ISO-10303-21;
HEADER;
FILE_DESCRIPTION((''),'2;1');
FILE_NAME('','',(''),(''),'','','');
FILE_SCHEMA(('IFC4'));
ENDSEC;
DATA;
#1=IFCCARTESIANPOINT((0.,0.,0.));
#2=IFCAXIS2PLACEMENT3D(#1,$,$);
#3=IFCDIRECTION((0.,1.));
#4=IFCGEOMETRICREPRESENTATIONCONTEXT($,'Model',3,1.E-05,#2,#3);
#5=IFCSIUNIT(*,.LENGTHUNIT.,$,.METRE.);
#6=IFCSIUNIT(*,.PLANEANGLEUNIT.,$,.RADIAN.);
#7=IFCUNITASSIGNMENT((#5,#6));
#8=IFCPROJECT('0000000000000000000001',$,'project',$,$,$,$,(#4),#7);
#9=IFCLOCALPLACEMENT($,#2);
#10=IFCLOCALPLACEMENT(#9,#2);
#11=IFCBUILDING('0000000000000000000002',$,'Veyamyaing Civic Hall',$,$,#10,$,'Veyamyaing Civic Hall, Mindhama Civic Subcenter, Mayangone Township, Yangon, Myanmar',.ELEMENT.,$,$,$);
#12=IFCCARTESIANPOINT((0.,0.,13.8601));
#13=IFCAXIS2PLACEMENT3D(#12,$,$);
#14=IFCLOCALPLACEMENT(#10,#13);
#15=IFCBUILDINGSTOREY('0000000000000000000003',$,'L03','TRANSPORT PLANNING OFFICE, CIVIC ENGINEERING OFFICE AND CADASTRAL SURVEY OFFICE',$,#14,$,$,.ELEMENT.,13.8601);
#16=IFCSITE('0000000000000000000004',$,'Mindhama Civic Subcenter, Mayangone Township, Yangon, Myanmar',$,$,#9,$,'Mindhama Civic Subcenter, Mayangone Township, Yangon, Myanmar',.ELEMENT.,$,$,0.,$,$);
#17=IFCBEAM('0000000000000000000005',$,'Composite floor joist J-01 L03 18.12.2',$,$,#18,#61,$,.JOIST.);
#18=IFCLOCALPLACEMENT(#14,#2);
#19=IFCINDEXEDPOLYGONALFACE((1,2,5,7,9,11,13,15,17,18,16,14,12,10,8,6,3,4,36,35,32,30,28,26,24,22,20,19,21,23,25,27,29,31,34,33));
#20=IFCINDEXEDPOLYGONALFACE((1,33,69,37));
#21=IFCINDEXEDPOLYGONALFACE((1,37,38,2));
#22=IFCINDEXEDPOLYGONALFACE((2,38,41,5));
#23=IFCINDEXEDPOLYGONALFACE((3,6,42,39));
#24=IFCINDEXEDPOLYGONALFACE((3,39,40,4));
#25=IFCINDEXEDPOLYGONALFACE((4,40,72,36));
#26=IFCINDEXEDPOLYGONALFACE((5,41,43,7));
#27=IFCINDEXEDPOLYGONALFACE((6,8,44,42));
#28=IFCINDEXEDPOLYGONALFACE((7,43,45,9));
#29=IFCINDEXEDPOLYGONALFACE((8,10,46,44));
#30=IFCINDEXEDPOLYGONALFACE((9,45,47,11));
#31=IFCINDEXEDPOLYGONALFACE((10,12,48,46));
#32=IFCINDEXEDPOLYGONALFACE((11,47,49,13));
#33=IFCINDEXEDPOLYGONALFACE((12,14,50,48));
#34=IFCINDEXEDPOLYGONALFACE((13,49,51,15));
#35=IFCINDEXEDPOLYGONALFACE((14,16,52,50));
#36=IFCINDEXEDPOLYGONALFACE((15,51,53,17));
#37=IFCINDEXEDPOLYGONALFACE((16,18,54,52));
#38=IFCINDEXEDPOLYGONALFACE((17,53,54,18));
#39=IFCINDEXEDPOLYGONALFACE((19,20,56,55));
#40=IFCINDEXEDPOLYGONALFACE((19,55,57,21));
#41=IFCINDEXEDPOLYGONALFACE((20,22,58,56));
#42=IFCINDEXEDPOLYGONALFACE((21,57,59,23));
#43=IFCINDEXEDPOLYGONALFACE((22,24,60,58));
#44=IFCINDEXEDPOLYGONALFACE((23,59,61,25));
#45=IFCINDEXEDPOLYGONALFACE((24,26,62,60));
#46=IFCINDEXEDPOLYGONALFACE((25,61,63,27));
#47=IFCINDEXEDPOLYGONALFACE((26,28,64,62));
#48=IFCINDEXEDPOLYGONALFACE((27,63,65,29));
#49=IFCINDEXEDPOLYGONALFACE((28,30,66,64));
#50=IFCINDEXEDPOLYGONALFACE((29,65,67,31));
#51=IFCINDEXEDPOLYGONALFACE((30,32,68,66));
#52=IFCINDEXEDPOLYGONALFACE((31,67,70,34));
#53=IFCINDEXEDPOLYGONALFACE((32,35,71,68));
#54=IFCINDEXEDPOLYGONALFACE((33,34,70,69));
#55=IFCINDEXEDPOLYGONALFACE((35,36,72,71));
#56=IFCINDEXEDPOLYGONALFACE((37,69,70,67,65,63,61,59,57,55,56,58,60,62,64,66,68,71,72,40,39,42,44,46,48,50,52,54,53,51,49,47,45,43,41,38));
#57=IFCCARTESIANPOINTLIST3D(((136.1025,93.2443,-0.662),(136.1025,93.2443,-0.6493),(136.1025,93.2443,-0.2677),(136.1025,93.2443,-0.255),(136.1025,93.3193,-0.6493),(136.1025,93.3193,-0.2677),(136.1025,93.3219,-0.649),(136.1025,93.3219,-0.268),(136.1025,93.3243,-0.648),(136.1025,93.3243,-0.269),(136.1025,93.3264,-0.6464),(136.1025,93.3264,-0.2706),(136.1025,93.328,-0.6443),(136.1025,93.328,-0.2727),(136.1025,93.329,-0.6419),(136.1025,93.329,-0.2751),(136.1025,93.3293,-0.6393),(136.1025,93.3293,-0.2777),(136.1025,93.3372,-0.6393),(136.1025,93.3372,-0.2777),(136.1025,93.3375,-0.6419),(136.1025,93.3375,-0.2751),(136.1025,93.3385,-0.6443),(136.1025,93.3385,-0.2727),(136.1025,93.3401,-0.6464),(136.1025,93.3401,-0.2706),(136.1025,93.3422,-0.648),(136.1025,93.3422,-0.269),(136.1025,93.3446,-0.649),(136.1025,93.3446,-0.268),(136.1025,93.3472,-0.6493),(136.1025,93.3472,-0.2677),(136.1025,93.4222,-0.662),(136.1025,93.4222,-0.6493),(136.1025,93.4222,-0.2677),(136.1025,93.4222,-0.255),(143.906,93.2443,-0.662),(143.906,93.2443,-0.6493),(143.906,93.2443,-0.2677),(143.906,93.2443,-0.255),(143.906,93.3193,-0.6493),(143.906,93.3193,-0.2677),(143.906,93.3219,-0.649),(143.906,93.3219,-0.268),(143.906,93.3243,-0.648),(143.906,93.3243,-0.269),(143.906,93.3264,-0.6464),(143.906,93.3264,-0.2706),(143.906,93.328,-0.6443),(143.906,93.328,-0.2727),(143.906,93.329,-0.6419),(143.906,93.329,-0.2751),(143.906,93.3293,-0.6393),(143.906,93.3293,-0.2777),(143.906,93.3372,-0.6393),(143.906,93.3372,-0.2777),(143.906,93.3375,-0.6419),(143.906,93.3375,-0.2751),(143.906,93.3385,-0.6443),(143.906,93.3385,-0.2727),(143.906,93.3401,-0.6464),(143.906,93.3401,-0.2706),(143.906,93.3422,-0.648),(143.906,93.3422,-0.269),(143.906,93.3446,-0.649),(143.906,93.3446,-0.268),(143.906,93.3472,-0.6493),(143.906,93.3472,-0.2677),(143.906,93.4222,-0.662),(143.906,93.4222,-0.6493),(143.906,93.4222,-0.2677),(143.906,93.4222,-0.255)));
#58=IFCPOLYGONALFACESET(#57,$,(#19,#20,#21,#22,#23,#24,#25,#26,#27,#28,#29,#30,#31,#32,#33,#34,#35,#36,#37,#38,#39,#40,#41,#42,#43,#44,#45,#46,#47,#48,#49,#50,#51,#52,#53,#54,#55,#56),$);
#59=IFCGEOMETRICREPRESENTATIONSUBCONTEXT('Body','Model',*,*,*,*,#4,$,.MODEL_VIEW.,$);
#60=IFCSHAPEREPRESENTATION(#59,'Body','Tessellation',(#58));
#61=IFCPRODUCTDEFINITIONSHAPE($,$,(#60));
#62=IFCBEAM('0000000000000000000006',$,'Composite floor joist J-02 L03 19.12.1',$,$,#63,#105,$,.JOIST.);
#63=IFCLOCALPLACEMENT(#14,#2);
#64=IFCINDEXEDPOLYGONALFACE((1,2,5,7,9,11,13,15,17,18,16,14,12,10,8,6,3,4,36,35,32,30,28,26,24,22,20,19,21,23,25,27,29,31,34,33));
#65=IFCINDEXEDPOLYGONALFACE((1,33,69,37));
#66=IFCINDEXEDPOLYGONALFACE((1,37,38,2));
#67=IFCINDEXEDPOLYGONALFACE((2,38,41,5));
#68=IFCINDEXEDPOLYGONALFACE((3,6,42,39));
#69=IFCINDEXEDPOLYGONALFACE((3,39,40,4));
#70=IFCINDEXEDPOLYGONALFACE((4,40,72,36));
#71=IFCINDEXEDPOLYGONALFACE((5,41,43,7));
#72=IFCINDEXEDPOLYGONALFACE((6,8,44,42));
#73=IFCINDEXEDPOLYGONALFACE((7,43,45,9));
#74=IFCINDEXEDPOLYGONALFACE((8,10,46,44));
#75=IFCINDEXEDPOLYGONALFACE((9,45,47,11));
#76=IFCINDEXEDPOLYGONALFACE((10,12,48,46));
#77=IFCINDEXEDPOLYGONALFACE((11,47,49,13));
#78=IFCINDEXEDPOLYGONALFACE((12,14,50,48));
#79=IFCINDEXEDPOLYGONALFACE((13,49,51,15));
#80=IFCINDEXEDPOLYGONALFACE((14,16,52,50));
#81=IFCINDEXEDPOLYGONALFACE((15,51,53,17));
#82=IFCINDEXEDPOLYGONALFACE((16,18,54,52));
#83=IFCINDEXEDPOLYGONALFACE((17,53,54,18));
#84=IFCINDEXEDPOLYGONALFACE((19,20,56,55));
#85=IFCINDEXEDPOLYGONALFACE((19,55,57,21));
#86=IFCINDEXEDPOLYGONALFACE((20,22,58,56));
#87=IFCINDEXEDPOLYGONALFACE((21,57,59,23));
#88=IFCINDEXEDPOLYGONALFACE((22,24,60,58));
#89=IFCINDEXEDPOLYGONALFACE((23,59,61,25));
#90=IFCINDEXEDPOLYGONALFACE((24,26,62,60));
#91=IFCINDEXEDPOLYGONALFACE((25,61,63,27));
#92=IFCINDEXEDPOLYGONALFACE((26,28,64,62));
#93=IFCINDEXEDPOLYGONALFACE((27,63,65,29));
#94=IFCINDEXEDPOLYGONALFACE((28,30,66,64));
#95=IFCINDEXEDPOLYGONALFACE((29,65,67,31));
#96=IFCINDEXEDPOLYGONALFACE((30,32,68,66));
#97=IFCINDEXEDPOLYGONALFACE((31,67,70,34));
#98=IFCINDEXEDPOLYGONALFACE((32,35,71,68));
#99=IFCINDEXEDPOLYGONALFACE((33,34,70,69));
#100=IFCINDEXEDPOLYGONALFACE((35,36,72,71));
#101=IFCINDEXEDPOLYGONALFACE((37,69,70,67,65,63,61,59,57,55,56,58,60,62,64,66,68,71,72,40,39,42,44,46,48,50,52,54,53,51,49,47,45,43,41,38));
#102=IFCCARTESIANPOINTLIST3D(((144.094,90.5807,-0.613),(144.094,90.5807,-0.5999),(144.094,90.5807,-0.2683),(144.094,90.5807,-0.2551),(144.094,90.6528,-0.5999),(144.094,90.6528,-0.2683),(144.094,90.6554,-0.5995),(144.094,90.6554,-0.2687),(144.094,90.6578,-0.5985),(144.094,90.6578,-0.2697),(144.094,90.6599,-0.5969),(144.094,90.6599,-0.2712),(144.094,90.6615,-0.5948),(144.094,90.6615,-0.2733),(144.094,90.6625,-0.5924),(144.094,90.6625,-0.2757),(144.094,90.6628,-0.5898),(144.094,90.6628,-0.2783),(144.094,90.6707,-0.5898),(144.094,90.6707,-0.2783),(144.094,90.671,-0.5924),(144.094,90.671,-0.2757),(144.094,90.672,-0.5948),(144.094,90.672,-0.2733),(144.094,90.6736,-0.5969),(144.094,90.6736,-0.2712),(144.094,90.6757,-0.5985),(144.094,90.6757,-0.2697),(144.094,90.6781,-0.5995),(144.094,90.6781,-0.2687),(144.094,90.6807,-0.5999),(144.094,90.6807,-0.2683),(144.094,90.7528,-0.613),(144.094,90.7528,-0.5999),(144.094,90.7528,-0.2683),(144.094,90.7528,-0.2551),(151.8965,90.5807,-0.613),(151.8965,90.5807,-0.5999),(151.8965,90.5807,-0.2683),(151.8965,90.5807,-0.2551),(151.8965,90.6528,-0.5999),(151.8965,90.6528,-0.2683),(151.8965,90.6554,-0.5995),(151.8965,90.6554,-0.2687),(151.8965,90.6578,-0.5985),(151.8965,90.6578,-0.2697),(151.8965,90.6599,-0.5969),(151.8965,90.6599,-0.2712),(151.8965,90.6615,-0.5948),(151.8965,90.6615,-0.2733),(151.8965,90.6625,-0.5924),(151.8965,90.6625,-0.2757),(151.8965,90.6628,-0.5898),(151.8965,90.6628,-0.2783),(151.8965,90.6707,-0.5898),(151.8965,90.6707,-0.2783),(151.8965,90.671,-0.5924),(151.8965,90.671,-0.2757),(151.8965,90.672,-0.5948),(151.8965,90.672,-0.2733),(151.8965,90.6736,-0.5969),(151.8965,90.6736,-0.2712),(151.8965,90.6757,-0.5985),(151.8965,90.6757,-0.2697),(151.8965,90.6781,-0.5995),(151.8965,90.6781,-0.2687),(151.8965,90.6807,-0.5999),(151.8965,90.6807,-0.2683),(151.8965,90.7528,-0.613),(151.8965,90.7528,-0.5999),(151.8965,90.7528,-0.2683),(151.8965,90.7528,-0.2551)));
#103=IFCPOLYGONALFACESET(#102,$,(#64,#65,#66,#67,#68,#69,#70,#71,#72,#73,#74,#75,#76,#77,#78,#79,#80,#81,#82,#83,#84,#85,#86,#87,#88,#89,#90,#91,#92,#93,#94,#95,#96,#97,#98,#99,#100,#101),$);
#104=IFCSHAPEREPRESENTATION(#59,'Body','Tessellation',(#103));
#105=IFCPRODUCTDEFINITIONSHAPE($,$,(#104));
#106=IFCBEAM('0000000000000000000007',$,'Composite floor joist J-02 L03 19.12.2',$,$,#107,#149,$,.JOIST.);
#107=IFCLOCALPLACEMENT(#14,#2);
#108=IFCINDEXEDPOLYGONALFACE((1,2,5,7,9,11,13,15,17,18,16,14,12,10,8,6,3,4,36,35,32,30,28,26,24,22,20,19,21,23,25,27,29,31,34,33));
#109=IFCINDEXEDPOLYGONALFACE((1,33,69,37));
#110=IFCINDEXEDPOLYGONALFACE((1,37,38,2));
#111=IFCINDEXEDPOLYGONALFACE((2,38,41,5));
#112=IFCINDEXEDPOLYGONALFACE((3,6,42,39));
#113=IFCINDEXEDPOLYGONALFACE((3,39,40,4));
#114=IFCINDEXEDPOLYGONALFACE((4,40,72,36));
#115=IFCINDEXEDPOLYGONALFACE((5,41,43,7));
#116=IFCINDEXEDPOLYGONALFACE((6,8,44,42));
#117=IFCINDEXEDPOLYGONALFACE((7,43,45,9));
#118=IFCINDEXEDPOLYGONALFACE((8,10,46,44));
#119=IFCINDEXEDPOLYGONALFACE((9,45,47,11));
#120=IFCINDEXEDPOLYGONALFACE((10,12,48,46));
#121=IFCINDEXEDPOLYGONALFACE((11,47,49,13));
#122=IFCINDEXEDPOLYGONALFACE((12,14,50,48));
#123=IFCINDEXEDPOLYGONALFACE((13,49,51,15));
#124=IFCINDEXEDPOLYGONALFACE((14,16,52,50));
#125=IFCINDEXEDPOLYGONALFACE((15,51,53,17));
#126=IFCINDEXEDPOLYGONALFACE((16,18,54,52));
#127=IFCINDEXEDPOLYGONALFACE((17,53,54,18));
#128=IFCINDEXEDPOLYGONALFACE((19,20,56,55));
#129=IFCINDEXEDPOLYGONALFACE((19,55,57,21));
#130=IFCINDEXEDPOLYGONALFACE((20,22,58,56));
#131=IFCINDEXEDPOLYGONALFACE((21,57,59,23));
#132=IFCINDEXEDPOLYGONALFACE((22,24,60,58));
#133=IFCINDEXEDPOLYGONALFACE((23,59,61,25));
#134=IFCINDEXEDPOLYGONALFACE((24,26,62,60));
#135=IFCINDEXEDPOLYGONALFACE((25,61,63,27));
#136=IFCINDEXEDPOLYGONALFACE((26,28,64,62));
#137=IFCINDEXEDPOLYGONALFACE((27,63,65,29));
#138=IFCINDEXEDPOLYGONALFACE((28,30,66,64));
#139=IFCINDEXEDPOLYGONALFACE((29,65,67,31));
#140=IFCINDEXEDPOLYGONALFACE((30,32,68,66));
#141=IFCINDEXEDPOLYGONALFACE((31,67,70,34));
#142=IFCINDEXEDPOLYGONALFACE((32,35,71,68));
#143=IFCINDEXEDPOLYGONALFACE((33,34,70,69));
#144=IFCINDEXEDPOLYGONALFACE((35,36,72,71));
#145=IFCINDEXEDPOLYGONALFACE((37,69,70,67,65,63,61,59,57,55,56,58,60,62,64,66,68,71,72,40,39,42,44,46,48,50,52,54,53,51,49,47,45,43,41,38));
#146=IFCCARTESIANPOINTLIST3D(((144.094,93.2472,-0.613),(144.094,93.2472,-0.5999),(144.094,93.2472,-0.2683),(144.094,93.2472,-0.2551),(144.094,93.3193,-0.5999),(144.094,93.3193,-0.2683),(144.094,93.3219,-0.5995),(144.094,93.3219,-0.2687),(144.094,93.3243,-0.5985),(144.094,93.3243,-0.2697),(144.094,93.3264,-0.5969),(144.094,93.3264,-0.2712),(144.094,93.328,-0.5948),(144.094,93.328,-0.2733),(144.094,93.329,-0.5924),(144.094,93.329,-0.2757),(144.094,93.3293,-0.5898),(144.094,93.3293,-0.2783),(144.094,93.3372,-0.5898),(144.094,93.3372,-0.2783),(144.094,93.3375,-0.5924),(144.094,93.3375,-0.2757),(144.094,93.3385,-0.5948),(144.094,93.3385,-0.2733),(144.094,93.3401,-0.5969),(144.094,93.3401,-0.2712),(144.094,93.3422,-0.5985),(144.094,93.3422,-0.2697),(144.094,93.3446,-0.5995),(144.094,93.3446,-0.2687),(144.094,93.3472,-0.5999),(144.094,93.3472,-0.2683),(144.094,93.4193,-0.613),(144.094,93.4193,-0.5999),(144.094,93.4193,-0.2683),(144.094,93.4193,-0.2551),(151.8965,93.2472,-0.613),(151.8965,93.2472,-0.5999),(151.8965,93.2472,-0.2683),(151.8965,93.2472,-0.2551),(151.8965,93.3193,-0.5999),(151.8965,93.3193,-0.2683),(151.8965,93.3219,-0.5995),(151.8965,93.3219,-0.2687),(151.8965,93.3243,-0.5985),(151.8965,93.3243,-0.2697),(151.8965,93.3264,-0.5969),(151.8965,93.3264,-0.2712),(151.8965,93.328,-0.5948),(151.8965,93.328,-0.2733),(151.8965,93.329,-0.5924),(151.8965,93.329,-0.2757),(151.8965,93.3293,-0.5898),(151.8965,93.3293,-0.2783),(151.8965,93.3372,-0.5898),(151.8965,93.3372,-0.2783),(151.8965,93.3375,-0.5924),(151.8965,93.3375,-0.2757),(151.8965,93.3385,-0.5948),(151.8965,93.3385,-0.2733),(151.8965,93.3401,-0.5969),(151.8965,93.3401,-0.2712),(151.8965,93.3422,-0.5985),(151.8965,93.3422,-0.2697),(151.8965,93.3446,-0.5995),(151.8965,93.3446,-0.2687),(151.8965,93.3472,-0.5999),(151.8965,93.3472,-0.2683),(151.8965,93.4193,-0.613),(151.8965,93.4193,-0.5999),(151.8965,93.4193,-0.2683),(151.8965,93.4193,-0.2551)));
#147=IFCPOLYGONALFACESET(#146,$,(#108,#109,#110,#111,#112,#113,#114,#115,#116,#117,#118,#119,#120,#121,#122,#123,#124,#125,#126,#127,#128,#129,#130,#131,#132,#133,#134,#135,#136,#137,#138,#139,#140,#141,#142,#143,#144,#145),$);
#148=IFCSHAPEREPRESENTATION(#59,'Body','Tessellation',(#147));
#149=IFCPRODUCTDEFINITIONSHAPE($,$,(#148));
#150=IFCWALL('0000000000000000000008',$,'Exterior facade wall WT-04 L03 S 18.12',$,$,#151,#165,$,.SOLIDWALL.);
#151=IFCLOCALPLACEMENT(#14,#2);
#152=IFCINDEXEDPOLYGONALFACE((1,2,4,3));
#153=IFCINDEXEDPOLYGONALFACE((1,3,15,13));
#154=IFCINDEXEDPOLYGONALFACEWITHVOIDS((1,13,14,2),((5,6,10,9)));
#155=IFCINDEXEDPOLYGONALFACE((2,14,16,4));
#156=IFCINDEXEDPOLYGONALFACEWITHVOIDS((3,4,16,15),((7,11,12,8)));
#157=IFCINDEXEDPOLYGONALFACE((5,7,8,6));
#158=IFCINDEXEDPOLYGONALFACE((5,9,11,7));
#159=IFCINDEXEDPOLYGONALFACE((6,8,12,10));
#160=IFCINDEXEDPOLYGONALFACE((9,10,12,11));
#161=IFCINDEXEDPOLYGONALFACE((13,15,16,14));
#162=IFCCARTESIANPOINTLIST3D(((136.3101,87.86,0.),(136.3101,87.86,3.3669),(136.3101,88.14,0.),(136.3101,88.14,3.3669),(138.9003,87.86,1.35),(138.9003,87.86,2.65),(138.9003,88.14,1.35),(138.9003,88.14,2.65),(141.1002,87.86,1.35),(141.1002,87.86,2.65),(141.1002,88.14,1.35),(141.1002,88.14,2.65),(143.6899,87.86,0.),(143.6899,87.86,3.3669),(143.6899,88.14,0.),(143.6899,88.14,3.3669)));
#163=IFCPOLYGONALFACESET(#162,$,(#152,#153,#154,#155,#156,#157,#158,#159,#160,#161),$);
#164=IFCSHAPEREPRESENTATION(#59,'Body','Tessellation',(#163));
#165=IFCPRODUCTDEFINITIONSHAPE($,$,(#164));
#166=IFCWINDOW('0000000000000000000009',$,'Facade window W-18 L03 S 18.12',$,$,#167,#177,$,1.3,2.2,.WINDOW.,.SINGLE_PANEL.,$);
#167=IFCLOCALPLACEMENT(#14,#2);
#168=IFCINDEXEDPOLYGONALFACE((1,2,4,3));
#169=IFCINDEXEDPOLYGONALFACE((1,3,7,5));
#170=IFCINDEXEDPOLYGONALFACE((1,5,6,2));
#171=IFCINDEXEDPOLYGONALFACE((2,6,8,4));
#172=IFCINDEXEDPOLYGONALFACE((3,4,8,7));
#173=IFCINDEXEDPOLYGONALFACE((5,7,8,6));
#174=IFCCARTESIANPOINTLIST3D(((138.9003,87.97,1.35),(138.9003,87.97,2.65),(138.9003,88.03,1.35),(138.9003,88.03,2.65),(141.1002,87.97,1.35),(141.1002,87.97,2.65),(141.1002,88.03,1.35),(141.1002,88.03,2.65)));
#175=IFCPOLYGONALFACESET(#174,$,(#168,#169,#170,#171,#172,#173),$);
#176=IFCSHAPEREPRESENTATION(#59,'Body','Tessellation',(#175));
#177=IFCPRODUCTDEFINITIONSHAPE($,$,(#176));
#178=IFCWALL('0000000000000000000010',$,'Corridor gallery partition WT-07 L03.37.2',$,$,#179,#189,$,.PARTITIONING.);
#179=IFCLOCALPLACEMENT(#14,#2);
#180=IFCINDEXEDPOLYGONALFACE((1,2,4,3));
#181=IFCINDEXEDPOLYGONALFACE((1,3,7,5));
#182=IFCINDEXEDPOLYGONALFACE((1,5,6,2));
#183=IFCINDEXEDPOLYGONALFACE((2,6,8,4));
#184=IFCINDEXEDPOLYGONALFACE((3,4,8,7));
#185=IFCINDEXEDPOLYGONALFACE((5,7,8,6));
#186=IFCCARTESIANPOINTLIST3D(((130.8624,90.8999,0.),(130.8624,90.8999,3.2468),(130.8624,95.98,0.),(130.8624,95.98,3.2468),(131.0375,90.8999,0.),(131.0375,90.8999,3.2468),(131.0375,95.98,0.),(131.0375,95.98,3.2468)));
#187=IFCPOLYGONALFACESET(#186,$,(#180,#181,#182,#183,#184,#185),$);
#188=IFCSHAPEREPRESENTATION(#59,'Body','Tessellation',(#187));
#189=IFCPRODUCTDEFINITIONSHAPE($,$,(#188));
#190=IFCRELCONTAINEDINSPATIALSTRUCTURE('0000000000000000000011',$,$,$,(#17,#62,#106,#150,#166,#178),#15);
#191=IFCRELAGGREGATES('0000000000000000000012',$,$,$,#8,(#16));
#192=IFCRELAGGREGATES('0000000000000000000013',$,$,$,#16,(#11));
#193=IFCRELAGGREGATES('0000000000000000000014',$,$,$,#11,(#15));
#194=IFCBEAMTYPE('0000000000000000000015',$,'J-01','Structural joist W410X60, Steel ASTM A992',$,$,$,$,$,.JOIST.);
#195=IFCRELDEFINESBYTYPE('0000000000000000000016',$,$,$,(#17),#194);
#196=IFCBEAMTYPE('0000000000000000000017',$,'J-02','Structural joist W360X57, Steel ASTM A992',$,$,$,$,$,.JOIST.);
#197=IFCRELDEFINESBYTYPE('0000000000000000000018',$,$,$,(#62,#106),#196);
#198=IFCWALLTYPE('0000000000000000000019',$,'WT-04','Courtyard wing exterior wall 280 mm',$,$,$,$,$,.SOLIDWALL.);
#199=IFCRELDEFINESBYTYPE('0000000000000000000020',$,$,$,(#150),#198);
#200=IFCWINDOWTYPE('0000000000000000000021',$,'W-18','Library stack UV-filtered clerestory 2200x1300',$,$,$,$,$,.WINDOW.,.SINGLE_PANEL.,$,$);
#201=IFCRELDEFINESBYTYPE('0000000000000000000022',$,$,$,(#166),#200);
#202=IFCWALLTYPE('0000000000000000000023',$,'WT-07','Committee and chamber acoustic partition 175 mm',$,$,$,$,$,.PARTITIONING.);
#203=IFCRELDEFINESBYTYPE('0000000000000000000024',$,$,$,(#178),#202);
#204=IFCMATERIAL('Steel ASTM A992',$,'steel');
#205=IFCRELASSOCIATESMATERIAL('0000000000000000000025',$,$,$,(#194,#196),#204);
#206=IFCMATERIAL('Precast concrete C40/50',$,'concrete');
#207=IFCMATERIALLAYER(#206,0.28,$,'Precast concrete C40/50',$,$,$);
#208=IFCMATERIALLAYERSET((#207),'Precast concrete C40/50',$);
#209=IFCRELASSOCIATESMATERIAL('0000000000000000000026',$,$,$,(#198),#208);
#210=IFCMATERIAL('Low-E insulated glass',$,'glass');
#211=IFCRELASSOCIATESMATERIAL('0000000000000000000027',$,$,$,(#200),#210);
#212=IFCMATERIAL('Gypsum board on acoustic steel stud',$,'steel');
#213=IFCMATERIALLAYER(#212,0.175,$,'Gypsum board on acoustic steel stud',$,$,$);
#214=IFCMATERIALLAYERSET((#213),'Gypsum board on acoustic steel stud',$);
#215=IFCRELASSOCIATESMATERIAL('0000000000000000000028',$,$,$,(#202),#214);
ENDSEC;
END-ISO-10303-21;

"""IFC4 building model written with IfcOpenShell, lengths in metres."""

from ifc_helpers import new_model, si_unit, direction, frame, frame_2d, origin, origin_2d, place, context, subcontext, project, spatial, rectangle, i_section, extrude, material, layer, layer_set, material_profile, profile_set, type_object, element, fill, save


model = new_model("IFC4")

# Units and contexts
model_context = context("Model", 3, precision=1e-05, world=origin(), true_north=direction((0.0, 1.0)))
body_context = subcontext(model_context, "Body", "Model", "MODEL_VIEW")
ifc_project = project(units=[si_unit("LENGTHUNIT", "METRE"), si_unit("PLANEANGLEUNIT", "RADIAN")], contexts=[model_context])

# Site, building, storey
site_placement = place(None, origin())
site = spatial("IfcSite", under=ifc_project, at=site_placement, Name="Mindhama Civic Subcenter, Mayangone Township, Yangon, Myanmar", LongName="Mindhama Civic Subcenter, Mayangone Township, Yangon, Myanmar", CompositionType="ELEMENT", RefElevation=0.0)
building_placement = place(site_placement, origin())
building = spatial("IfcBuilding", under=site, at=building_placement, Name="Veyamyaing Civic Hall", LongName="Veyamyaing Civic Hall, Mindhama Civic Subcenter, Mayangone Township, Yangon, Myanmar", CompositionType="ELEMENT")
storey_placement = place(building_placement, frame((0.0, 0.0, 13.8601)))
storey = spatial("IfcBuildingStorey", under=building, at=storey_placement, Name="L03", Description="TRANSPORT PLANNING OFFICE, CIVIC ENGINEERING OFFICE AND CADASTRAL SURVEY OFFICE", CompositionType="ELEMENT", Elevation=13.8601)

# Shared definitions
ifc_material_1 = material(Name="Steel ASTM A992", Category="steel")

# Beams
ifc_material_profile_1 = material_profile(ifc_material_1, i_section(OverallWidth=0.178, OverallDepth=0.407, WebThickness=0.0078, FlangeThickness=0.0127, FilletRadius=0.01, at=origin_2d()), Name="W410X60")
ifc_profile_set_1 = profile_set([ifc_material_profile_1], Name="Steel ASTM A992")
beam_type_1 = type_object("IfcBeamType", Name="J-01", Description="Structural joist W410X60, Steel ASTM A992", PredefinedType="JOIST", material=ifc_profile_set_1)
for number, where, z_axis, x_axis, name in (
    (1, (136.1025, 93.3333, -0.4585), (1.0, 0.0, 0.0), (0.0, 1.0, 0.0), "Composite floor joist J-01 L03 18.12.2"),
):
    element("IfcBeam", number, at=place(storey_placement, frame(where, z_axis=z_axis, x_axis=x_axis)), inside=storey, type_object=beam_type_1, Name=name, PredefinedType="JOIST", context=body_context, shape_type="SweptSolid", body=[
        extrude(i_section(OverallWidth=0.178, OverallDepth=0.407, WebThickness=0.0078, FlangeThickness=0.0127, FilletRadius=0.01, at=origin_2d()), origin(), (0.0, 0.0, 1.0), 7.8035),
    ])
ifc_material_profile_2 = material_profile(ifc_material_1, i_section(OverallWidth=0.1721, OverallDepth=0.3579, WebThickness=0.0078, FlangeThickness=0.0132, FilletRadius=0.01, at=origin_2d()), Name="W360X57")
ifc_profile_set_2 = profile_set([ifc_material_profile_2], Name="Steel ASTM A992")
beam_type_2 = type_object("IfcBeamType", Name="J-02", Description="Structural joist W360X57, Steel ASTM A992", PredefinedType="JOIST", material=ifc_profile_set_2)
for number, where, z_axis, x_axis, name in (
    (2, (144.094, 90.6667, -0.4341), (1.0, 0.0, 0.0), (0.0, 1.0, 0.0), "Composite floor joist J-02 L03 19.12.1"),
    (3, (144.094, 93.3333, -0.4341), (1.0, 0.0, 0.0), (0.0, 1.0, 0.0), "Composite floor joist J-02 L03 19.12.2"),
):
    element("IfcBeam", number, at=place(storey_placement, frame(where, z_axis=z_axis, x_axis=x_axis)), inside=storey, type_object=beam_type_2, Name=name, PredefinedType="JOIST", context=body_context, shape_type="SweptSolid", body=[
        extrude(i_section(OverallWidth=0.1721, OverallDepth=0.3579, WebThickness=0.0078, FlangeThickness=0.0132, FilletRadius=0.01, at=origin_2d()), origin(), (0.0, 0.0, 1.0), 7.8025),
    ])

# Wall, opening, window
ifc_material_2 = material(Name="Precast concrete C40/50", Category="concrete")
ifc_layer_1 = layer(ifc_material_2, 0.28, Name="Precast concrete C40/50")
ifc_layer_set_1 = layer_set([ifc_layer_1], Name="Precast concrete C40/50")
wall_type_1 = type_object("IfcWallType", Name="WT-04", Description="Courtyard wing exterior wall 280 mm", PredefinedType="SOLIDWALL", material=ifc_layer_set_1)
wall_1_placement = place(storey_placement, frame((136.3101, 88.0, 0.0), z_axis=(0.0, 0.0, 1.0), x_axis=(1.0, 0.0, 0.0)))
wall_1 = element("IfcWall", 4, at=wall_1_placement, inside=storey, type_object=wall_type_1, Name="Exterior facade wall WT-04 L03 S 18.12", PredefinedType="SOLIDWALL", context=body_context, shape_type="SweptSolid", body=[
    extrude(rectangle(XDim=7.3799, YDim=0.28, at=frame_2d((3.6899, 0.0))), origin(), (0.0, 0.0, 1.0), 3.3669),
])
opening_1_placement = place(wall_1_placement, frame((2.5901, 0.0, 1.3501)))
opening_1 = element("IfcOpeningElement", 5, at=opening_1_placement, cuts=wall_1, PredefinedType="OPENING", context=body_context, shape_type="SweptSolid", body=[
    extrude(rectangle(XDim=2.2, YDim=1.3, at=frame_2d((1.1001, 0.6499))), frame((0.0, 0.1499, 0.0), z_axis=(0.0, -1.0, 0.0), x_axis=(1.0, 0.0, 0.0)), (0.0, 0.0, 1.0), 0.3),
])
ifc_material_3 = material(Name="Low-E insulated glass", Category="glass")
window_type = type_object("IfcWindowType", Name="W-18", Description="Library stack UV-filtered clerestory 2200x1300", PartitioningType="SINGLE_PANEL", PredefinedType="WINDOW", material=ifc_material_3)
window_placement = place(opening_1_placement, origin())
window = element("IfcWindow", 6, at=window_placement, inside=storey, type_object=window_type, Name="Facade window W-18 L03 S 18.12", OverallHeight=1.3, OverallWidth=2.2, PartitioningType="SINGLE_PANEL", PredefinedType="WINDOW", context=body_context, shape_type="SweptSolid", body=[
    extrude(rectangle(XDim=2.2, YDim=1.3, at=frame_2d((1.1001, 0.6499))), frame((0.0, 0.03, 0.0), z_axis=(0.0, -1.0, 0.0), x_axis=(1.0, 0.0, 0.0)), (0.0, 0.0, 1.0), 0.0601),
])
fill(opening_1, window)

# Shared definitions
ifc_material_4 = material(Name="Gypsum board on acoustic steel stud", Category="steel")
ifc_layer_2 = layer(ifc_material_4, 0.175, Name="Gypsum board on acoustic steel stud")
ifc_layer_set_2 = layer_set([ifc_layer_2], Name="Gypsum board on acoustic steel stud")
wall_type_2 = type_object("IfcWallType", Name="WT-07", Description="Committee and chamber acoustic partition 175 mm", PredefinedType="PARTITIONING", material=ifc_layer_set_2)

# Wall
wall_2_placement = place(storey_placement, frame((130.95, 90.8999, 0.0), z_axis=(0.0, 0.0, 1.0), x_axis=(0.0, 1.0, 0.0)))
element("IfcWall", 7, at=wall_2_placement, inside=storey, type_object=wall_type_2, Name="Corridor gallery partition WT-07 L03.37.2", PredefinedType="PARTITIONING", context=body_context, shape_type="SweptSolid", body=[
    extrude(rectangle(XDim=5.0801, YDim=0.175, at=frame_2d((2.54, 0.0))), origin(), (0.0, 0.0, 1.0), 3.2468),
])

save(model, "model.ifc")
